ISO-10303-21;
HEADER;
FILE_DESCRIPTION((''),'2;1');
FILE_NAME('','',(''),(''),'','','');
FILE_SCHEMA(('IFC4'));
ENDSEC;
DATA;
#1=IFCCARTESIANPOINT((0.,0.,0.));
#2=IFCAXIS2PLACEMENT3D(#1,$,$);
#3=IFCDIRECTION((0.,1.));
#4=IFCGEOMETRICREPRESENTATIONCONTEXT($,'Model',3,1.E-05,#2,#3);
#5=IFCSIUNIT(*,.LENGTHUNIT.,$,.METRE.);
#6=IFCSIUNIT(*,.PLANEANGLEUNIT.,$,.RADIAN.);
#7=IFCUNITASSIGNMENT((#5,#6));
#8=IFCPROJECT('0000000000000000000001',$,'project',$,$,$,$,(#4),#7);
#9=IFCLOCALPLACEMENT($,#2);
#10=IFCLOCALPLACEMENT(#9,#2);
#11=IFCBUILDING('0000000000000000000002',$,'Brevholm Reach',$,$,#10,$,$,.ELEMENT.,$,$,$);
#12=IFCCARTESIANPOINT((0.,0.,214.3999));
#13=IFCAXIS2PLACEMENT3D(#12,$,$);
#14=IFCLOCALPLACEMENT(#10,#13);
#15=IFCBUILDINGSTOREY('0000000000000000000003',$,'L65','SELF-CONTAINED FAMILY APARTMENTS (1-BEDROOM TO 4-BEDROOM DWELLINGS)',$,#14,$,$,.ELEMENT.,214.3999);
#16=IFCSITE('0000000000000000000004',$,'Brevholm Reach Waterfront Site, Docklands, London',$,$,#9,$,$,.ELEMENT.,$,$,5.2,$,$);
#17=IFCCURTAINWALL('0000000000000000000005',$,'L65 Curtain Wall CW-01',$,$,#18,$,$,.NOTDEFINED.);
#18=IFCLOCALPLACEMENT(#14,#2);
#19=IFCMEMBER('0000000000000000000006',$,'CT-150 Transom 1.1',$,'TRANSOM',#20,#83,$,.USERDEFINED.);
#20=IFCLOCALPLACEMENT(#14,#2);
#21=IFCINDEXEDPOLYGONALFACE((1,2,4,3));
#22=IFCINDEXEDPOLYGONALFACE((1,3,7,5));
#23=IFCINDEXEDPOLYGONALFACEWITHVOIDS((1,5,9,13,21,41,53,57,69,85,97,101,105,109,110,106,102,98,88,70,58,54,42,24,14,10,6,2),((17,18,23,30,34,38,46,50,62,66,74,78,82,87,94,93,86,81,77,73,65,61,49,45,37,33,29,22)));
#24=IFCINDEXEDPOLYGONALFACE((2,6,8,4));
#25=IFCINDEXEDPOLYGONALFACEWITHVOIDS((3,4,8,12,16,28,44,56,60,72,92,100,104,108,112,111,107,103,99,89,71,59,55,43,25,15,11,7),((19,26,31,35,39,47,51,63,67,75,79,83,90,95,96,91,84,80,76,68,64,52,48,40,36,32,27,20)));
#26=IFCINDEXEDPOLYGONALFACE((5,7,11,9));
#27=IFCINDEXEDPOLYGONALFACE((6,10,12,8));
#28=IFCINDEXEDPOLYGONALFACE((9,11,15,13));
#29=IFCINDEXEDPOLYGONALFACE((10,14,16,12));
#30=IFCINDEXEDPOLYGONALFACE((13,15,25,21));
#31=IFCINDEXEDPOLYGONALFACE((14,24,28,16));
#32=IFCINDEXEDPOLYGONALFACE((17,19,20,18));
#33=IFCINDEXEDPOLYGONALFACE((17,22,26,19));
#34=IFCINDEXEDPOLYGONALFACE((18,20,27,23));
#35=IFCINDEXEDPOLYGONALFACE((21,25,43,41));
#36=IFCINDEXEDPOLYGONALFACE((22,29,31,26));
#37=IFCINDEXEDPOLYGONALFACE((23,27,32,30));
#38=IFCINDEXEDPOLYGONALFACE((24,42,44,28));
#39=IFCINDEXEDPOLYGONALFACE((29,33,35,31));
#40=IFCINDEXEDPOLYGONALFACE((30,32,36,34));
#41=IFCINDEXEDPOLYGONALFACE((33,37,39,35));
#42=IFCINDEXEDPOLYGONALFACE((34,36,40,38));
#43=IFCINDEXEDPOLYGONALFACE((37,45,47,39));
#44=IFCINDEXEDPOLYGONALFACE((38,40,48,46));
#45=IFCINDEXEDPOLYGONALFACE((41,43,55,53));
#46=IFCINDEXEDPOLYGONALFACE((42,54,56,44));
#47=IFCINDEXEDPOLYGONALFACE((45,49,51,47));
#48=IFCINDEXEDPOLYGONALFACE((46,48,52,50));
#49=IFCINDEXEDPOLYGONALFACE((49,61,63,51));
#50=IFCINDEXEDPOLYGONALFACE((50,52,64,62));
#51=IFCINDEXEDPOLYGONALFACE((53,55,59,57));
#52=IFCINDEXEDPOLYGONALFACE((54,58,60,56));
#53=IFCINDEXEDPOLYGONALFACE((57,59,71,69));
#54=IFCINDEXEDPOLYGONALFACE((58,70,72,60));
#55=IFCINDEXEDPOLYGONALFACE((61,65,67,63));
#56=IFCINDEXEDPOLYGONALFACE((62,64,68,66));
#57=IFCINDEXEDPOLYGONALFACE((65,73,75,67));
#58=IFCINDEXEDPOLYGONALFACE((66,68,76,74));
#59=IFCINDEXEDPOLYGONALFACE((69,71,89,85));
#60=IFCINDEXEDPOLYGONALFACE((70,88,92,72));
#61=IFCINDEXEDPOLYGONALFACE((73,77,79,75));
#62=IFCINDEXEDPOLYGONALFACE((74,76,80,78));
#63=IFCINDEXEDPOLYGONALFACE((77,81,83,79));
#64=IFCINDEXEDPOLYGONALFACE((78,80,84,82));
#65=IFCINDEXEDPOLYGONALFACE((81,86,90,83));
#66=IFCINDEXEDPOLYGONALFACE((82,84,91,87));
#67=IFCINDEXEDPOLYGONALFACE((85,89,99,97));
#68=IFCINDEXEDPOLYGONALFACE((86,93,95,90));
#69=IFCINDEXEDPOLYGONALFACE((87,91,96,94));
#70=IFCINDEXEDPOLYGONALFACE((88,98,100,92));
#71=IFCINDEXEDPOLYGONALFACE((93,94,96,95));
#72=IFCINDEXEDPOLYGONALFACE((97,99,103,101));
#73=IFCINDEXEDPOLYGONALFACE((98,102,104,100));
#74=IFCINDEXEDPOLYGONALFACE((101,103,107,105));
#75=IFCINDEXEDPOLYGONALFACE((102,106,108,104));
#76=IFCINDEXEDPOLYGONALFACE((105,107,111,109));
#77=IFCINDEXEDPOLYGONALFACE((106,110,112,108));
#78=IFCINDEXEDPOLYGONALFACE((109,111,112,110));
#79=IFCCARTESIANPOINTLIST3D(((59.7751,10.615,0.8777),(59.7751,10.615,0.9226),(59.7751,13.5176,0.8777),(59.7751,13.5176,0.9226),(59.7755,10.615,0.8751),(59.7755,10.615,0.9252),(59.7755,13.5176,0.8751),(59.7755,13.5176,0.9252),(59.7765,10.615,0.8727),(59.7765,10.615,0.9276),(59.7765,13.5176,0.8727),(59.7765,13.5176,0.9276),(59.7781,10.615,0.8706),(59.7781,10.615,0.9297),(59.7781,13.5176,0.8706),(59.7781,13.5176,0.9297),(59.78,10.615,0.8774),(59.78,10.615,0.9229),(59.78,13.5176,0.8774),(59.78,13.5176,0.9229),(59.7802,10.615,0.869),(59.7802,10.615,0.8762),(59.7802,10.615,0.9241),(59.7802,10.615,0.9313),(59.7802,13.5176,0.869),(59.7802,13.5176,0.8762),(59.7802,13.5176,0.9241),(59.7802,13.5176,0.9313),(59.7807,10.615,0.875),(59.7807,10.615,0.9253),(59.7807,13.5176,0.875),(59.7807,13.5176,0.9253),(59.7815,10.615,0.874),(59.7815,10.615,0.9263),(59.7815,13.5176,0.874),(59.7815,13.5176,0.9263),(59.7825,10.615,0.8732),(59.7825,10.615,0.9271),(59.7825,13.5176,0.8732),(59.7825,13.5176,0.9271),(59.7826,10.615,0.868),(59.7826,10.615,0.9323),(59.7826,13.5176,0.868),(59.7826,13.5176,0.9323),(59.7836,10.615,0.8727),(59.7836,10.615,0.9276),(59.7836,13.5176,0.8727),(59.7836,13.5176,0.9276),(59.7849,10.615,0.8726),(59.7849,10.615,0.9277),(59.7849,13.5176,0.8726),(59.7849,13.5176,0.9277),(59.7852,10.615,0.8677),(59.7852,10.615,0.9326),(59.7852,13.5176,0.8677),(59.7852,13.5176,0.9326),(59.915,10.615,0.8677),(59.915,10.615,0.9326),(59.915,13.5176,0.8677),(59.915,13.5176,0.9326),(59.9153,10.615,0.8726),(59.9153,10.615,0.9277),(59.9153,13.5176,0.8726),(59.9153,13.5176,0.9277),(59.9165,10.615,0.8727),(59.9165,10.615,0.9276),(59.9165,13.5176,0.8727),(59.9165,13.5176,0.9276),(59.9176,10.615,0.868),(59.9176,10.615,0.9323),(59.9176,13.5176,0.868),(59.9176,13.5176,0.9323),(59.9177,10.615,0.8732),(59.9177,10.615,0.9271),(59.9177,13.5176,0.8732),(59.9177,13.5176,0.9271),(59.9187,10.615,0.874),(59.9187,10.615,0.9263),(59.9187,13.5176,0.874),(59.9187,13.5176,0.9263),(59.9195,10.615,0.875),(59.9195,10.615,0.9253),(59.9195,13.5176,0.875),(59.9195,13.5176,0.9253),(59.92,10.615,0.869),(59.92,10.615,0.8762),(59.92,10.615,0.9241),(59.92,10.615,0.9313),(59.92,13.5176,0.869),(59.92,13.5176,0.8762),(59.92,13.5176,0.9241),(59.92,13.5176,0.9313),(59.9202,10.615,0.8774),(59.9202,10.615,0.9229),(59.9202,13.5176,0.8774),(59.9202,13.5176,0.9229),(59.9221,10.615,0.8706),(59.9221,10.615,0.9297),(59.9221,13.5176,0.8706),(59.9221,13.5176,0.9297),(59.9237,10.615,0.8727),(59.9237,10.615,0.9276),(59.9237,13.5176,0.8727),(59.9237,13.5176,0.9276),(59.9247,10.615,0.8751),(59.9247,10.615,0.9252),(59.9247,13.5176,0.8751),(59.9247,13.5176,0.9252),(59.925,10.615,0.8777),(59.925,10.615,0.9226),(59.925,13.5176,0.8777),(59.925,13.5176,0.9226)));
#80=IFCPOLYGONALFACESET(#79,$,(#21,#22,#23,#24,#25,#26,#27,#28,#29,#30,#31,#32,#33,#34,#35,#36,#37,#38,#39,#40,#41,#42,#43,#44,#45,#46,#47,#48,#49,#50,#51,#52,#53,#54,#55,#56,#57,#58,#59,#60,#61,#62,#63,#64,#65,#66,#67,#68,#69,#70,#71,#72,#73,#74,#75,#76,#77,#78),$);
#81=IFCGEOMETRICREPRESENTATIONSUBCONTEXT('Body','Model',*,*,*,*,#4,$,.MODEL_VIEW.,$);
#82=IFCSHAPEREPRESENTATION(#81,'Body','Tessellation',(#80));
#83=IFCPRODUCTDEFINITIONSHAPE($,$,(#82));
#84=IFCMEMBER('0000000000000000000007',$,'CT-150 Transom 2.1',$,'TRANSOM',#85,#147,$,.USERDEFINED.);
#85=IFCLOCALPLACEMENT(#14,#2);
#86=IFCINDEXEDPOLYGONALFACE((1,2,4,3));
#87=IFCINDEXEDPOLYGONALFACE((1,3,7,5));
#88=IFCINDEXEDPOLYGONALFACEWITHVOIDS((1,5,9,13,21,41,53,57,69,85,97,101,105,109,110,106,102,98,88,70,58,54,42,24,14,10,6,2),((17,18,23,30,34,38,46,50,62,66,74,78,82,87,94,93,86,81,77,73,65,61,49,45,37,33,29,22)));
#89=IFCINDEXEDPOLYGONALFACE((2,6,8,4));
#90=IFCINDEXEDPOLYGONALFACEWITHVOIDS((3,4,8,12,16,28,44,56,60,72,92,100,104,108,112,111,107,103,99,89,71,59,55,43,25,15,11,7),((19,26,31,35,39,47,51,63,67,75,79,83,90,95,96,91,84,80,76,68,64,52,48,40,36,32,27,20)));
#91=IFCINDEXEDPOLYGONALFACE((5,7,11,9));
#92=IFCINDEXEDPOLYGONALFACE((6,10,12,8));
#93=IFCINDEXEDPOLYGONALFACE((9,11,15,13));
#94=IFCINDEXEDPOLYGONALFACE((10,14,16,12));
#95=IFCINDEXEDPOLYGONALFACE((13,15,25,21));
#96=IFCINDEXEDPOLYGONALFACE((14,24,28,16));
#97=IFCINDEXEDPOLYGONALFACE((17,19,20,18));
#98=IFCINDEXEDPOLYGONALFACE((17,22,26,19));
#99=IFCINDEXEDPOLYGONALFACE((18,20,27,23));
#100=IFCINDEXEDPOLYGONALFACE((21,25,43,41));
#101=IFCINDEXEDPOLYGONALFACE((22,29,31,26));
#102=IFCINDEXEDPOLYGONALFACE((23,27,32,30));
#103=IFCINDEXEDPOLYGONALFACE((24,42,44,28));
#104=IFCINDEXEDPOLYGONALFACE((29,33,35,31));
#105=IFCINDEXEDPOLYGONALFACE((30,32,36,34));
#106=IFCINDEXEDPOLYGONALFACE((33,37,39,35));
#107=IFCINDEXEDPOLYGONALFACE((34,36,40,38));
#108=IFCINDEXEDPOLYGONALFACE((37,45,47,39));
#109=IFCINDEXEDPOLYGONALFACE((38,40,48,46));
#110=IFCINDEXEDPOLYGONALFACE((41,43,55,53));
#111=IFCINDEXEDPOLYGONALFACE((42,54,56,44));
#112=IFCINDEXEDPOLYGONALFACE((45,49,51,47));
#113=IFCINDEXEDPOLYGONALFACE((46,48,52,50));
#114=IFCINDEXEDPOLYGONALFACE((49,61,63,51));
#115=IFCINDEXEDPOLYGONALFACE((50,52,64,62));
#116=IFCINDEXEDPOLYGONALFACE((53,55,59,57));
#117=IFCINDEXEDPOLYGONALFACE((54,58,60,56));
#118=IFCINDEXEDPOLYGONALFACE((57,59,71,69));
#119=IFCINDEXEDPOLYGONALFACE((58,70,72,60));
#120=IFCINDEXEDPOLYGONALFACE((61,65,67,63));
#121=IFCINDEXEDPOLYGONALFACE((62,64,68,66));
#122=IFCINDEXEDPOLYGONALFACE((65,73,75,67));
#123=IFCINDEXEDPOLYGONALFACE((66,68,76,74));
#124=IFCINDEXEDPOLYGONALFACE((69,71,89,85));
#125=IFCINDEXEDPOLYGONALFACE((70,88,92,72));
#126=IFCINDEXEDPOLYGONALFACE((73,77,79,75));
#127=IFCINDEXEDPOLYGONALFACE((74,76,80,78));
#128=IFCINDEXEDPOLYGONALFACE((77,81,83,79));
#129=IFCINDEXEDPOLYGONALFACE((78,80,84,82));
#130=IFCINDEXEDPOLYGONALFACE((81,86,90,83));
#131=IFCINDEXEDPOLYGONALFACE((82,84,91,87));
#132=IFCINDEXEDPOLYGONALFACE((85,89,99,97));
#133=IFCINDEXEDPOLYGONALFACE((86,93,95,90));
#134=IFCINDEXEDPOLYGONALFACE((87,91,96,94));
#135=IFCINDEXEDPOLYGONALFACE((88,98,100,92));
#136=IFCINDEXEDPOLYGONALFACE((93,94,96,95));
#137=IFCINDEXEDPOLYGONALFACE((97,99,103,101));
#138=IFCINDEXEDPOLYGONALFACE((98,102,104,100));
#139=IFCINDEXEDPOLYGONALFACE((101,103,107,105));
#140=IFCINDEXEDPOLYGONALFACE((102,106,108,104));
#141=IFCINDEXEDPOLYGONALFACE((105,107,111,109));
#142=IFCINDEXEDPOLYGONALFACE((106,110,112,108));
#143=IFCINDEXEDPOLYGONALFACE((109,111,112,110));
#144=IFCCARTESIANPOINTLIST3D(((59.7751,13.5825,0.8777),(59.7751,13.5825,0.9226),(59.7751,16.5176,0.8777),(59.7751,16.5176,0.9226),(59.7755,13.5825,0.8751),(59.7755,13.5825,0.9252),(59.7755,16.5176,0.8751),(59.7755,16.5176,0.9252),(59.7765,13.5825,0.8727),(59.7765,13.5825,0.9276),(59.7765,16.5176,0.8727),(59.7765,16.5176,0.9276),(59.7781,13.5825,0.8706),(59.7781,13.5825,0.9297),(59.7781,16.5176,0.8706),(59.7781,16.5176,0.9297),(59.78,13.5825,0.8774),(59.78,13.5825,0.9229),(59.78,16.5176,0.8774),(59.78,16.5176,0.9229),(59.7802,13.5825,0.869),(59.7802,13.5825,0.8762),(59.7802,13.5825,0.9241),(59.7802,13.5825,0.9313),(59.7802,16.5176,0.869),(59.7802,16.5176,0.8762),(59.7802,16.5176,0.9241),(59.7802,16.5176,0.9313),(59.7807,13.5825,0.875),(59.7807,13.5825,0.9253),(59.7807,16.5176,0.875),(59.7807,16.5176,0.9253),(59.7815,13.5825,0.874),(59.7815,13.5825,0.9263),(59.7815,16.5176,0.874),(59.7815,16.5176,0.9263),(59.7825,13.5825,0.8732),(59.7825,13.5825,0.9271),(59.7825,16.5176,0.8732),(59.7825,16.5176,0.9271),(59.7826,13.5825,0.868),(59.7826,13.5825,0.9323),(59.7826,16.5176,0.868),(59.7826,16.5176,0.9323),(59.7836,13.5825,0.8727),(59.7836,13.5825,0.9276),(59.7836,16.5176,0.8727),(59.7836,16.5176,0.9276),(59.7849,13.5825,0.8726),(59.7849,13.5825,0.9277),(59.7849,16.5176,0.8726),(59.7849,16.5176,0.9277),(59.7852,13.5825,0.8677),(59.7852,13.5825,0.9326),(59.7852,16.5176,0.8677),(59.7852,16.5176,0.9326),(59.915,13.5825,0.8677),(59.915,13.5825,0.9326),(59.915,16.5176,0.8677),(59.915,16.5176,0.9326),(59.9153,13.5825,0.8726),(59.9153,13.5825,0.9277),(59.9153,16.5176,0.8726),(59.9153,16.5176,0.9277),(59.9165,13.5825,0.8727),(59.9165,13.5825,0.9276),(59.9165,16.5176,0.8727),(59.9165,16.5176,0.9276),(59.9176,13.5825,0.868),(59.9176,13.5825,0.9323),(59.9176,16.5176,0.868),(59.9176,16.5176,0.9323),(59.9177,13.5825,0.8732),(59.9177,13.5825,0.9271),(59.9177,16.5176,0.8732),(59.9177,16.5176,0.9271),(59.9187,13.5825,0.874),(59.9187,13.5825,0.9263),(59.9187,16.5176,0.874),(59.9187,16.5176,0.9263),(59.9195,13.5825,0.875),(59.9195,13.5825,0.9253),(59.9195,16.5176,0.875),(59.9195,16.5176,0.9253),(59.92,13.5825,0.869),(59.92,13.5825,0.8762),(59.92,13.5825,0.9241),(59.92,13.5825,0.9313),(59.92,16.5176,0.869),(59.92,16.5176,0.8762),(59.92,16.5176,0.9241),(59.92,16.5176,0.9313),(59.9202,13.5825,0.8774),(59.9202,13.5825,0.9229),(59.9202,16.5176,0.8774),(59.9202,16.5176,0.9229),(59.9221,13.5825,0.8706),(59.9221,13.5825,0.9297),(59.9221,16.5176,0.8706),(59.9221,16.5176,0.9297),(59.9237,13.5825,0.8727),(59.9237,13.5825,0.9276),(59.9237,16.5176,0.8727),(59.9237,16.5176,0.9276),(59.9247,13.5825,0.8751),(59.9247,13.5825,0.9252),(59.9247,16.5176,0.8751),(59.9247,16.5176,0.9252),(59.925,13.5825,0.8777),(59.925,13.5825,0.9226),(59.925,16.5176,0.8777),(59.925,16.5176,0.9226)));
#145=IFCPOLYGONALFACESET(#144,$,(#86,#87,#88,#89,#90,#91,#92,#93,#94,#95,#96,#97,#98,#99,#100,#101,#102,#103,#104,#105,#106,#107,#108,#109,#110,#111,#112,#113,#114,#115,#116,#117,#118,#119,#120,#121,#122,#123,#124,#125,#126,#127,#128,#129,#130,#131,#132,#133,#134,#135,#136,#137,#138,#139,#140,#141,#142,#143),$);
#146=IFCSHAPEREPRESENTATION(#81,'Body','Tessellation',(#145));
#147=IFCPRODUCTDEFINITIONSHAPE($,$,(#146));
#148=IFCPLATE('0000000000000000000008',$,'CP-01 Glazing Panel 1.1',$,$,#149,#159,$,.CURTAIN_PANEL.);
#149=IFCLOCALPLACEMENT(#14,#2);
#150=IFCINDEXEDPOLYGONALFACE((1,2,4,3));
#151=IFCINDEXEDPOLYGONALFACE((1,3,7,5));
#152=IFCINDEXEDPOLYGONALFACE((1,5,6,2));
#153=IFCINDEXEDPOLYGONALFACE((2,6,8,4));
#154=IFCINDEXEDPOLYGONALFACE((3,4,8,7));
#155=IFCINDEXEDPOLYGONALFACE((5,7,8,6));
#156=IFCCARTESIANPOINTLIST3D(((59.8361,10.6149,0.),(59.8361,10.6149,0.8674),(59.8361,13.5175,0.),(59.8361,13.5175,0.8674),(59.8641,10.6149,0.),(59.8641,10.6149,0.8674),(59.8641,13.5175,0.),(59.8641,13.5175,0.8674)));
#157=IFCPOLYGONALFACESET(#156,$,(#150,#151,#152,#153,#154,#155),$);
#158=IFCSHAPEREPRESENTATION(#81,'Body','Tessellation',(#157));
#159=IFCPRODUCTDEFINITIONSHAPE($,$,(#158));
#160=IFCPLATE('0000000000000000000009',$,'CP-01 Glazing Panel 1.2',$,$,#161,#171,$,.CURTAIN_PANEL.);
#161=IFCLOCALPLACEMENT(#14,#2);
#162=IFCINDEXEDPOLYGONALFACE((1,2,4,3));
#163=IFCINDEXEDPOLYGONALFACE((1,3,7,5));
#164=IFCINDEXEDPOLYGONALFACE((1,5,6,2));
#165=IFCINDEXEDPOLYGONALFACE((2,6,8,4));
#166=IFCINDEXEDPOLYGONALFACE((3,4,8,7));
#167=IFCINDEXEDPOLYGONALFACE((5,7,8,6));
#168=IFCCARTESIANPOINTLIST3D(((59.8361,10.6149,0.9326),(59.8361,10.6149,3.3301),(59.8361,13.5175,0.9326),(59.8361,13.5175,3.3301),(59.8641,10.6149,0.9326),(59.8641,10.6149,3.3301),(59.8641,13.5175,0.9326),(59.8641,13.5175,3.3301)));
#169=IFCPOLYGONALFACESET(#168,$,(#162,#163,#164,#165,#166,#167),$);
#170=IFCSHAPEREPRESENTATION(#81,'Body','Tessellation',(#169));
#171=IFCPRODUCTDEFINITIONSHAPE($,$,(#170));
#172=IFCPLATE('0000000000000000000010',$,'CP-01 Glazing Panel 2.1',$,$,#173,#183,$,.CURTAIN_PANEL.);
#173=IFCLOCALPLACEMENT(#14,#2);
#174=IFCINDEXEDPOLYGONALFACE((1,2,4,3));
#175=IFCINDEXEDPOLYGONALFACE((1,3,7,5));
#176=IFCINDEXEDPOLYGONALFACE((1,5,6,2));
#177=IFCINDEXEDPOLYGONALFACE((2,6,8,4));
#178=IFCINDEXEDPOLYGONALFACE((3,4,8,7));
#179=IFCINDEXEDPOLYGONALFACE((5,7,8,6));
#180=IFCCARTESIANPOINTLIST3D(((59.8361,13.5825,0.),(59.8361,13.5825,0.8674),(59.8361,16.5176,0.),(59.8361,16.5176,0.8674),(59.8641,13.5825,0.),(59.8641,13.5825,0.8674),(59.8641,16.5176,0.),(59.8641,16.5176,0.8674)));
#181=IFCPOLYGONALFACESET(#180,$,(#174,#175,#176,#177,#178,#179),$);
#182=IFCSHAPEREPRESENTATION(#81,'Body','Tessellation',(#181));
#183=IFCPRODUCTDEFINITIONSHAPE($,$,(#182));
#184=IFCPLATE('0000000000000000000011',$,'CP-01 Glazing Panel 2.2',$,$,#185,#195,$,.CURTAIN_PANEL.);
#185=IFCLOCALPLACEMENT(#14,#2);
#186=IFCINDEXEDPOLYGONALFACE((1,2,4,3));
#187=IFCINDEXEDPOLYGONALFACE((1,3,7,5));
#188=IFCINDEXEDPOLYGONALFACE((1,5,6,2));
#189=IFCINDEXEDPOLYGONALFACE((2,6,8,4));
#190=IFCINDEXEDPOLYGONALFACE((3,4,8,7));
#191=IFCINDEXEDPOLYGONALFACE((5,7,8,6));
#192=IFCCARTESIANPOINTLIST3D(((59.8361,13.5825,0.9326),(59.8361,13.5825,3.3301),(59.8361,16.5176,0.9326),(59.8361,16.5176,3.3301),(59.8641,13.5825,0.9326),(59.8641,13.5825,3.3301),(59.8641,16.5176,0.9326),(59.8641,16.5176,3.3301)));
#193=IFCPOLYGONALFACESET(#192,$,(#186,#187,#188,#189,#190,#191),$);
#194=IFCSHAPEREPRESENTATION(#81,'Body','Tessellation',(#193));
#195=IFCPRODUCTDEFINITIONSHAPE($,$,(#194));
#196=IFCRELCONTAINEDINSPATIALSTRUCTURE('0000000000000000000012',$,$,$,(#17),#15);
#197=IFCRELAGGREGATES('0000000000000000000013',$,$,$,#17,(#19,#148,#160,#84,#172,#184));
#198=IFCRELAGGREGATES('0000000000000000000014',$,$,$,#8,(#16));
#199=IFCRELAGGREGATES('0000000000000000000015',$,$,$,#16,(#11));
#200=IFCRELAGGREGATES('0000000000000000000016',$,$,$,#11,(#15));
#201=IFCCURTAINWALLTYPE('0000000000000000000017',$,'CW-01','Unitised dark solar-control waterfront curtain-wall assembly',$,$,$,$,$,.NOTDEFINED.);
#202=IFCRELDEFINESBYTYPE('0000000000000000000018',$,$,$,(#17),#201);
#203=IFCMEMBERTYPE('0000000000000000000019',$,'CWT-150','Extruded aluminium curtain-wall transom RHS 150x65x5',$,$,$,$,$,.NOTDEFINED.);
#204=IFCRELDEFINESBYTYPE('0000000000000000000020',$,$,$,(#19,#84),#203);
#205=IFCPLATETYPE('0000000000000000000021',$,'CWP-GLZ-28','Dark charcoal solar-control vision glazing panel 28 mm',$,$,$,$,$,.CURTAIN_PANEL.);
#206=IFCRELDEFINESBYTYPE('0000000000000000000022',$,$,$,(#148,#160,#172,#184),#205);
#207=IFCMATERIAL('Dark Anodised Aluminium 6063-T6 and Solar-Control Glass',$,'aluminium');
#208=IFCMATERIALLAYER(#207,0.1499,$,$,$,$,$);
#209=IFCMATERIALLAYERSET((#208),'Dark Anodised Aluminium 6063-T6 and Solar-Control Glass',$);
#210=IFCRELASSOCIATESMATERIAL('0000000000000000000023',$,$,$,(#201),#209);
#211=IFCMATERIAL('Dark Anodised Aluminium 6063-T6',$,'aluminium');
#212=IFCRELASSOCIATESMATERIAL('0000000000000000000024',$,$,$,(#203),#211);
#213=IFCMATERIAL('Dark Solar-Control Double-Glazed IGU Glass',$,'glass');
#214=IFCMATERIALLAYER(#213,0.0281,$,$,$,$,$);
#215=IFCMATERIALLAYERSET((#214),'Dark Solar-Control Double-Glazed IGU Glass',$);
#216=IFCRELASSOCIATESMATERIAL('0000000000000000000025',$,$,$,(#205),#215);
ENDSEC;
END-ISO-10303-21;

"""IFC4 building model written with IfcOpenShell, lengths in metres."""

from ifc_helpers import new_model, si_unit, direction, frame, origin, origin_2d, place, context, subcontext, project, spatial, rectangle, hollow_rectangle, extrude, material, layer, layer_set, material_profile, profile_set, type_object, element, aggregate, save


model = new_model("IFC4")

# Units and contexts
model_context = context("Model", 3, precision=1e-05, world=origin(), true_north=direction((0.0, 1.0)))
body_context = subcontext(model_context, "Body", "Model", "MODEL_VIEW")
ifc_project = project(units=[si_unit("LENGTHUNIT", "METRE"), si_unit("PLANEANGLEUNIT", "RADIAN")], contexts=[model_context])

# Site, building, storey
site_placement = place(None, origin())
site = spatial("IfcSite", under=ifc_project, at=site_placement, Name="Brevholm Reach Waterfront Site, Docklands, London", CompositionType="ELEMENT", RefElevation=5.2)
building_placement = place(site_placement, origin())
building = spatial("IfcBuilding", under=site, at=building_placement, Name="Brevholm Reach", CompositionType="ELEMENT")
storey_placement = place(building_placement, frame((0.0, 0.0, 214.3999)))
storey = spatial("IfcBuildingStorey", under=building, at=storey_placement, Name="L65", Description="SELF-CONTAINED FAMILY APARTMENTS (1-BEDROOM TO 4-BEDROOM DWELLINGS)", CompositionType="ELEMENT", Elevation=214.3999)

# Curtain wall, members, plates
ifc_material_1 = material(Name="Dark Anodised Aluminium 6063-T6 and Solar-Control Glass", Category="aluminium")
ifc_layer_1 = layer(ifc_material_1, 0.1499)
ifc_layer_set_1 = layer_set([ifc_layer_1], Name="Dark Anodised Aluminium 6063-T6 and Solar-Control Glass")
curtain_wall_type = type_object("IfcCurtainWallType", Name="CW-01", Description="Unitised dark solar-control waterfront curtain-wall assembly", PredefinedType="NOTDEFINED", material=ifc_layer_set_1)
curtain_wall_placement = place(storey_placement, origin())
curtain_wall = element("IfcCurtainWall", 1, at=curtain_wall_placement, inside=storey, type_object=curtain_wall_type, Name="L65 Curtain Wall CW-01", PredefinedType="NOTDEFINED")
ifc_material_2 = material(Name="Dark Anodised Aluminium 6063-T6", Category="aluminium")
ifc_material_profile_1 = material_profile(ifc_material_2, hollow_rectangle(XDim=0.0649, YDim=0.1499, WallThickness=0.0049, InnerFilletRadius=0.0049, OuterFilletRadius=0.01, at=origin_2d()), Name="RHS 150x65x5")
ifc_profile_set_1 = profile_set([ifc_material_profile_1], Name="Dark Anodised Aluminium 6063-T6")
member_type_1 = type_object("IfcMemberType", Name="CWT-150", Description="Extruded aluminium curtain-wall transom RHS 150x65x5", PredefinedType="NOTDEFINED", material=ifc_profile_set_1)
member_1_placement = place(storey_placement, frame((59.8501, 10.615, 0.9001), z_axis=(0.0, 1.0, 0.0), x_axis=(0.0, 0.0, 1.0)))
member_1 = element("IfcMember", 2, at=member_1_placement, type_object=member_type_1, Name="CT-150 Transom 1.1", ObjectType="TRANSOM", PredefinedType="USERDEFINED", context=body_context, shape_type="SweptSolid", body=[
    extrude(hollow_rectangle(XDim=0.0649, YDim=0.1499, WallThickness=0.0049, InnerFilletRadius=0.0049, OuterFilletRadius=0.01, at=origin_2d()), origin(), (0.0, 0.0, 1.0), 2.9026),
])
member_2_placement = place(storey_placement, frame((59.8501, 13.5825, 0.9001), z_axis=(0.0, 1.0, 0.0), x_axis=(0.0, 0.0, 1.0)))
member_2 = element("IfcMember", 3, at=member_2_placement, type_object=member_type_1, Name="CT-150 Transom 2.1", ObjectType="TRANSOM", PredefinedType="USERDEFINED", context=body_context, shape_type="SweptSolid", body=[
    extrude(hollow_rectangle(XDim=0.0649, YDim=0.1499, WallThickness=0.0049, InnerFilletRadius=0.0049, OuterFilletRadius=0.01, at=origin_2d()), origin(), (0.0, 0.0, 1.0), 2.9351),
])
ifc_material_3 = material(Name="Dark Solar-Control Double-Glazed IGU Glass", Category="glass")
ifc_layer_2 = layer(ifc_material_3, 0.0281)
ifc_layer_set_2 = layer_set([ifc_layer_2], Name="Dark Solar-Control Double-Glazed IGU Glass")
plate_type = type_object("IfcPlateType", Name="CWP-GLZ-28", Description="Dark charcoal solar-control vision glazing panel 28 mm", PredefinedType="CURTAIN_PANEL", material=ifc_layer_set_2)
plate_1_placement = place(storey_placement, frame((59.8501, 12.0662, 0.0), z_axis=(0.0, 0.0, 1.0), x_axis=(0.0, 1.0, 0.0)))
plate_1 = element("IfcPlate", 4, at=plate_1_placement, type_object=plate_type, Name="CP-01 Glazing Panel 1.1", PredefinedType="CURTAIN_PANEL", context=body_context, shape_type="SweptSolid", body=[
    extrude(rectangle(XDim=2.9026, YDim=0.0281, at=origin_2d()), origin(), (0.0, 0.0, 1.0), 0.8674),
])
plate_2_placement = place(storey_placement, frame((59.8501, 12.0662, 0.9326), z_axis=(0.0, 0.0, 1.0), x_axis=(0.0, 1.0, 0.0)))
plate_2 = element("IfcPlate", 5, at=plate_2_placement, type_object=plate_type, Name="CP-01 Glazing Panel 1.2", PredefinedType="CURTAIN_PANEL", context=body_context, shape_type="SweptSolid", body=[
    extrude(rectangle(XDim=2.9026, YDim=0.0281, at=origin_2d()), origin(), (0.0, 0.0, 1.0), 2.3975),
])
plate_3_placement = place(storey_placement, frame((59.8501, 15.05, 0.0), z_axis=(0.0, 0.0, 1.0), x_axis=(0.0, 1.0, 0.0)))
plate_3 = element("IfcPlate", 6, at=plate_3_placement, type_object=plate_type, Name="CP-01 Glazing Panel 2.1", PredefinedType="CURTAIN_PANEL", context=body_context, shape_type="SweptSolid", body=[
    extrude(rectangle(XDim=2.9351, YDim=0.0281, at=origin_2d()), origin(), (0.0, 0.0, 1.0), 0.8674),
])
plate_4_placement = place(storey_placement, frame((59.8501, 15.05, 0.9326), z_axis=(0.0, 0.0, 1.0), x_axis=(0.0, 1.0, 0.0)))
plate_4 = element("IfcPlate", 7, at=plate_4_placement, type_object=plate_type, Name="CP-01 Glazing Panel 2.2", PredefinedType="CURTAIN_PANEL", context=body_context, shape_type="SweptSolid", body=[
    extrude(rectangle(XDim=2.9351, YDim=0.0281, at=origin_2d()), origin(), (0.0, 0.0, 1.0), 2.3975),
])
aggregate(curtain_wall, [member_1, plate_1, plate_2, member_2, plate_3, plate_4])

save(model, "model.ifc")
